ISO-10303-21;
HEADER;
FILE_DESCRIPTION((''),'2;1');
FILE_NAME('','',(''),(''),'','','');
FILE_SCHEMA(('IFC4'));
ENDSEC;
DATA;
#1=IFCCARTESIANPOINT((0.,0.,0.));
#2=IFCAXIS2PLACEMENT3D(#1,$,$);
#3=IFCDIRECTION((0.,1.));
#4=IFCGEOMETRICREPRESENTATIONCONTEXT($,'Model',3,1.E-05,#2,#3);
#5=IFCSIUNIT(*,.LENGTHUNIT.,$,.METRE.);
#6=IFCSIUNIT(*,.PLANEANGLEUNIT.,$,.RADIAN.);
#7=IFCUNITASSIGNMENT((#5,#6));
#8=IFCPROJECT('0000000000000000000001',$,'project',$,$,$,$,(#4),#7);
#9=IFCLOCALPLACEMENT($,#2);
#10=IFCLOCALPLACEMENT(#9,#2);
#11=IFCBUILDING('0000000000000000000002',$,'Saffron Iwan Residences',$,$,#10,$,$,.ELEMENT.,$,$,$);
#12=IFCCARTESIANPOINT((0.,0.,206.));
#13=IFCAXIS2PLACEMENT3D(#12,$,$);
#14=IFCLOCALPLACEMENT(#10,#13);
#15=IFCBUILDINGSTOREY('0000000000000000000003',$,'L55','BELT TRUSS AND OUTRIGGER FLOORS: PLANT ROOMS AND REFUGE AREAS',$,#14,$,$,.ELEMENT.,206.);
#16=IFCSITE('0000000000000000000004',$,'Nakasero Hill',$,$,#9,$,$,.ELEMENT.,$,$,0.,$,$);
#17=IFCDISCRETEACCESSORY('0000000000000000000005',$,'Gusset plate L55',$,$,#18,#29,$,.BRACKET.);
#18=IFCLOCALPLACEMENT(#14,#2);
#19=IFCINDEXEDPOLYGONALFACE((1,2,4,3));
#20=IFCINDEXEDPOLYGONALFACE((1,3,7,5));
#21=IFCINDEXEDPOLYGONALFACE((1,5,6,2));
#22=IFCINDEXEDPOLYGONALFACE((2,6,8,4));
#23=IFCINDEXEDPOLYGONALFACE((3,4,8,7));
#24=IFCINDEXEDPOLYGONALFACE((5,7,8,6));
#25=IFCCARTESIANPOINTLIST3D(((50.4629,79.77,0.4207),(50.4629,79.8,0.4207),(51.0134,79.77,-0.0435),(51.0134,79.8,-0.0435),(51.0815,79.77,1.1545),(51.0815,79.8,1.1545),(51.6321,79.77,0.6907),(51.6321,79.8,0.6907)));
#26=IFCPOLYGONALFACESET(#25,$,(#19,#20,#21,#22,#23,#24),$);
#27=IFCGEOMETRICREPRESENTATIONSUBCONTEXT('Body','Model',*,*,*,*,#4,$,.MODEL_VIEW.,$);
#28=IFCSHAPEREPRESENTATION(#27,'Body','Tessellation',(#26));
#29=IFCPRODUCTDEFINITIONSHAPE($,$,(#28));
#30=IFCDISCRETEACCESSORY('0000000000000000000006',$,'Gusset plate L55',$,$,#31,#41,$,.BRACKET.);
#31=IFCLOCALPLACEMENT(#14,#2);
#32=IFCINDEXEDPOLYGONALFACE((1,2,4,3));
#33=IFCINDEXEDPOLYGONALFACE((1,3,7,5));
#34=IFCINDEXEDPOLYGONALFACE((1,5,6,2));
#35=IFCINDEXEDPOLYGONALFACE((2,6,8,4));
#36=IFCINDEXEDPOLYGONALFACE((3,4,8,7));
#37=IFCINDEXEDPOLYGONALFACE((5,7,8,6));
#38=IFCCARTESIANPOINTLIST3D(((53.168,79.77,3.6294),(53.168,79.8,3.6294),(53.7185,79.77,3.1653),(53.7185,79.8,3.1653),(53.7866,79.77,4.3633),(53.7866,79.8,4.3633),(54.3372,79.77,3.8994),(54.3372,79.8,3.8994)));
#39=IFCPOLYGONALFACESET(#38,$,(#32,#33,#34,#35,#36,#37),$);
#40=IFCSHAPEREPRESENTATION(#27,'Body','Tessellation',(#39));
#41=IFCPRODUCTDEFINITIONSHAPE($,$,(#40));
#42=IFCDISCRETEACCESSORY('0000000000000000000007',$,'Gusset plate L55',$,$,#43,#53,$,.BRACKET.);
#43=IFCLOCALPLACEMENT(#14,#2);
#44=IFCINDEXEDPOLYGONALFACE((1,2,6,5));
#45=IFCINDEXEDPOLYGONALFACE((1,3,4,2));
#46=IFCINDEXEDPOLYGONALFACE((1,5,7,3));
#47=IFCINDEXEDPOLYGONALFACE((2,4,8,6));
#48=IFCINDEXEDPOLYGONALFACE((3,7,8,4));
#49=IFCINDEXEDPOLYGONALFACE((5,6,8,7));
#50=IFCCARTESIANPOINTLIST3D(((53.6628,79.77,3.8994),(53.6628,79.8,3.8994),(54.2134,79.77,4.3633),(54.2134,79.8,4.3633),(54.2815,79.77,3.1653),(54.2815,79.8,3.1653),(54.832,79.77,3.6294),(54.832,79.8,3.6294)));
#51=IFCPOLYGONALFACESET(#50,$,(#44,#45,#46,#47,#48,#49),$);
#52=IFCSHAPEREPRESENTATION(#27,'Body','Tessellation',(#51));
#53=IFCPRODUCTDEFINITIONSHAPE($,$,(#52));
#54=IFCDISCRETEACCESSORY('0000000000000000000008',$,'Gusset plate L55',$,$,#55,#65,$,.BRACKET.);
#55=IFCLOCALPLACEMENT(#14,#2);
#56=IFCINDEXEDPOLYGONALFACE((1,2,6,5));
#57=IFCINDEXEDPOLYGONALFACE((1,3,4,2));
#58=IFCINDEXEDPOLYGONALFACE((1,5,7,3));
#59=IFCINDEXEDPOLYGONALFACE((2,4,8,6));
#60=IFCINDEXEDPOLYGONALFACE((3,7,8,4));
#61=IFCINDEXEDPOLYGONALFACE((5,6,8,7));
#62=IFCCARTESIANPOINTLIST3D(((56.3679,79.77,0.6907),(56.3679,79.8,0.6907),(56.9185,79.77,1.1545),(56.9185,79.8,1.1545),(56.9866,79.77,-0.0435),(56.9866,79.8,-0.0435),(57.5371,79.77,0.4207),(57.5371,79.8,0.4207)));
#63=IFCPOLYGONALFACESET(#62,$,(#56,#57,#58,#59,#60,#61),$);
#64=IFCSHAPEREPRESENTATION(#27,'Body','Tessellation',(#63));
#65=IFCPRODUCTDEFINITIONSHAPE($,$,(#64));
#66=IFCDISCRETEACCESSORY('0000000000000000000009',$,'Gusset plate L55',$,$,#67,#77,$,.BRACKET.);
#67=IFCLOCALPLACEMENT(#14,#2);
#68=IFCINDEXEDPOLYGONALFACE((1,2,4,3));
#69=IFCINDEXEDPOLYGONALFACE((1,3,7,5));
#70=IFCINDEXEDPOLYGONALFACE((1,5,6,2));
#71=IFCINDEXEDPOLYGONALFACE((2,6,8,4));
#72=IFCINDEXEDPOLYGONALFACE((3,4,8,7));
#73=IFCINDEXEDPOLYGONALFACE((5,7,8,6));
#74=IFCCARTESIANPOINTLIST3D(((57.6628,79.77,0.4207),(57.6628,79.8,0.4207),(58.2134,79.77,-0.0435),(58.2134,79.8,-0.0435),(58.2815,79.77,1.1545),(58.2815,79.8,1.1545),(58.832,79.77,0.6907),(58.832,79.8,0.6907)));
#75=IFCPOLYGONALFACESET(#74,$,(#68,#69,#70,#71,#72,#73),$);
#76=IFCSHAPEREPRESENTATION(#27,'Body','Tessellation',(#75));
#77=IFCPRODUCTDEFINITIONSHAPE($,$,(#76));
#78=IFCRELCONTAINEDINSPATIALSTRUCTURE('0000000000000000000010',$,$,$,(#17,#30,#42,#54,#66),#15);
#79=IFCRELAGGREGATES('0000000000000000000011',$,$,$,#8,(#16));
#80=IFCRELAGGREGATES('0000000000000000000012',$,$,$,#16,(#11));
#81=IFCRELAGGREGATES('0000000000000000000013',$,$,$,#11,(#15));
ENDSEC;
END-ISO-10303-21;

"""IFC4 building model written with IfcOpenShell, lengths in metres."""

from ifc_helpers import new_model, si_unit, direction, frame, origin, place, context, subcontext, project, spatial, polyline, outline, extrude, element, save


model = new_model("IFC4")

# Units and contexts
model_context = context("Model", 3, precision=1e-05, world=origin(), true_north=direction((0.0, 1.0)))
body_context = subcontext(model_context, "Body", "Model", "MODEL_VIEW")
ifc_project = project(units=[si_unit("LENGTHUNIT", "METRE"), si_unit("PLANEANGLEUNIT", "RADIAN")], contexts=[model_context])

# Site, building, storey
site_placement = place(None, origin())
site = spatial("IfcSite", under=ifc_project, at=site_placement, Name="Nakasero Hill", CompositionType="ELEMENT", RefElevation=0.0)
building_placement = place(site_placement, origin())
building = spatial("IfcBuilding", under=site, at=building_placement, Name="Saffron Iwan Residences", CompositionType="ELEMENT")
storey_placement = place(building_placement, frame((0.0, 0.0, 206.0)))
storey = spatial("IfcBuildingStorey", under=building, at=storey_placement, Name="L55", Description="BELT TRUSS AND OUTRIGGER FLOORS: PLANT ROOMS AND REFUGE AREAS", CompositionType="ELEMENT", Elevation=206.0)

# Discrete accessories
discrete_accessory_1_placement = place(storey_placement, frame((50.4629, 79.8, 0.4207), z_axis=(0.0, 1.0, 0.0), x_axis=(0.644527, 0.0, 0.764581)))
element("IfcDiscreteAccessory", 1, at=discrete_accessory_1_placement, inside=storey, Name="Gusset plate L55", PredefinedType="BRACKET", context=body_context, shape_type="SweptSolid", body=[
    extrude(outline(polyline([(0.0, 0.0), (0.9599, 0.0), (0.96, 0.7199), (0.0, 0.7201), (0.0, 0.0)])), origin(), (0.0, 0.0, -1.0), 0.03),
])
discrete_accessory_2_placement = place(storey_placement, frame((54.3372, 79.8, 3.8994), z_axis=(0.0, 1.0, 0.0), x_axis=(-0.644402, 0.0, -0.764687)))
element("IfcDiscreteAccessory", 2, at=discrete_accessory_2_placement, inside=storey, Name="Gusset plate L55", PredefinedType="BRACKET", context=body_context, shape_type="SweptSolid", body=[
    extrude(outline(polyline([(0.0, 0.0), (0.96, 0.0), (0.9599, 0.7201), (0.0001, 0.7199), (0.0, 0.0)])), origin(), (0.0, 0.0, -1.0), 0.03),
])
discrete_accessory_3_placement = place(storey_placement, frame((54.2134, 79.8, 4.3633), z_axis=(0.0, 1.0, 0.0), x_axis=(0.644527, 0.0, -0.764581)))
element("IfcDiscreteAccessory", 3, at=discrete_accessory_3_placement, inside=storey, Name="Gusset plate L55", PredefinedType="BRACKET", context=body_context, shape_type="SweptSolid", body=[
    extrude(outline(polyline([(0.0, 0.0), (0.9599, 0.0), (0.9599, 0.7201), (-0.0002, 0.7199), (0.0, 0.0)])), origin(), (0.0, 0.0, -1.0), 0.03),
])
discrete_accessory_4_placement = place(storey_placement, frame((56.9866, 79.8, -0.0435), z_axis=(0.0, 1.0, 0.0), x_axis=(-0.644402, 0.0, 0.764687)))
element("IfcDiscreteAccessory", 4, at=discrete_accessory_4_placement, inside=storey, Name="Gusset plate L55", PredefinedType="BRACKET", context=body_context, shape_type="SweptSolid", body=[
    extrude(outline(polyline([(0.0, 0.0), (0.96, 0.0), (0.96, 0.7199), (0.0001, 0.7201), (0.0, 0.0)])), origin(), (0.0, 0.0, -1.0), 0.03),
])
discrete_accessory_5_placement = place(storey_placement, frame((57.6628, 79.8, 0.4207), z_axis=(0.0, 1.0, 0.0), x_axis=(0.644527, 0.0, 0.764581)))
element("IfcDiscreteAccessory", 5, at=discrete_accessory_5_placement, inside=storey, Name="Gusset plate L55", PredefinedType="BRACKET", context=body_context, shape_type="SweptSolid", body=[
    extrude(outline(polyline([(0.0, 0.0), (0.9599, 0.0), (0.96, 0.7199), (0.0, 0.7201), (0.0, 0.0)])), origin(), (0.0, 0.0, -1.0), 0.03),
])

save(model, "model.ifc")
